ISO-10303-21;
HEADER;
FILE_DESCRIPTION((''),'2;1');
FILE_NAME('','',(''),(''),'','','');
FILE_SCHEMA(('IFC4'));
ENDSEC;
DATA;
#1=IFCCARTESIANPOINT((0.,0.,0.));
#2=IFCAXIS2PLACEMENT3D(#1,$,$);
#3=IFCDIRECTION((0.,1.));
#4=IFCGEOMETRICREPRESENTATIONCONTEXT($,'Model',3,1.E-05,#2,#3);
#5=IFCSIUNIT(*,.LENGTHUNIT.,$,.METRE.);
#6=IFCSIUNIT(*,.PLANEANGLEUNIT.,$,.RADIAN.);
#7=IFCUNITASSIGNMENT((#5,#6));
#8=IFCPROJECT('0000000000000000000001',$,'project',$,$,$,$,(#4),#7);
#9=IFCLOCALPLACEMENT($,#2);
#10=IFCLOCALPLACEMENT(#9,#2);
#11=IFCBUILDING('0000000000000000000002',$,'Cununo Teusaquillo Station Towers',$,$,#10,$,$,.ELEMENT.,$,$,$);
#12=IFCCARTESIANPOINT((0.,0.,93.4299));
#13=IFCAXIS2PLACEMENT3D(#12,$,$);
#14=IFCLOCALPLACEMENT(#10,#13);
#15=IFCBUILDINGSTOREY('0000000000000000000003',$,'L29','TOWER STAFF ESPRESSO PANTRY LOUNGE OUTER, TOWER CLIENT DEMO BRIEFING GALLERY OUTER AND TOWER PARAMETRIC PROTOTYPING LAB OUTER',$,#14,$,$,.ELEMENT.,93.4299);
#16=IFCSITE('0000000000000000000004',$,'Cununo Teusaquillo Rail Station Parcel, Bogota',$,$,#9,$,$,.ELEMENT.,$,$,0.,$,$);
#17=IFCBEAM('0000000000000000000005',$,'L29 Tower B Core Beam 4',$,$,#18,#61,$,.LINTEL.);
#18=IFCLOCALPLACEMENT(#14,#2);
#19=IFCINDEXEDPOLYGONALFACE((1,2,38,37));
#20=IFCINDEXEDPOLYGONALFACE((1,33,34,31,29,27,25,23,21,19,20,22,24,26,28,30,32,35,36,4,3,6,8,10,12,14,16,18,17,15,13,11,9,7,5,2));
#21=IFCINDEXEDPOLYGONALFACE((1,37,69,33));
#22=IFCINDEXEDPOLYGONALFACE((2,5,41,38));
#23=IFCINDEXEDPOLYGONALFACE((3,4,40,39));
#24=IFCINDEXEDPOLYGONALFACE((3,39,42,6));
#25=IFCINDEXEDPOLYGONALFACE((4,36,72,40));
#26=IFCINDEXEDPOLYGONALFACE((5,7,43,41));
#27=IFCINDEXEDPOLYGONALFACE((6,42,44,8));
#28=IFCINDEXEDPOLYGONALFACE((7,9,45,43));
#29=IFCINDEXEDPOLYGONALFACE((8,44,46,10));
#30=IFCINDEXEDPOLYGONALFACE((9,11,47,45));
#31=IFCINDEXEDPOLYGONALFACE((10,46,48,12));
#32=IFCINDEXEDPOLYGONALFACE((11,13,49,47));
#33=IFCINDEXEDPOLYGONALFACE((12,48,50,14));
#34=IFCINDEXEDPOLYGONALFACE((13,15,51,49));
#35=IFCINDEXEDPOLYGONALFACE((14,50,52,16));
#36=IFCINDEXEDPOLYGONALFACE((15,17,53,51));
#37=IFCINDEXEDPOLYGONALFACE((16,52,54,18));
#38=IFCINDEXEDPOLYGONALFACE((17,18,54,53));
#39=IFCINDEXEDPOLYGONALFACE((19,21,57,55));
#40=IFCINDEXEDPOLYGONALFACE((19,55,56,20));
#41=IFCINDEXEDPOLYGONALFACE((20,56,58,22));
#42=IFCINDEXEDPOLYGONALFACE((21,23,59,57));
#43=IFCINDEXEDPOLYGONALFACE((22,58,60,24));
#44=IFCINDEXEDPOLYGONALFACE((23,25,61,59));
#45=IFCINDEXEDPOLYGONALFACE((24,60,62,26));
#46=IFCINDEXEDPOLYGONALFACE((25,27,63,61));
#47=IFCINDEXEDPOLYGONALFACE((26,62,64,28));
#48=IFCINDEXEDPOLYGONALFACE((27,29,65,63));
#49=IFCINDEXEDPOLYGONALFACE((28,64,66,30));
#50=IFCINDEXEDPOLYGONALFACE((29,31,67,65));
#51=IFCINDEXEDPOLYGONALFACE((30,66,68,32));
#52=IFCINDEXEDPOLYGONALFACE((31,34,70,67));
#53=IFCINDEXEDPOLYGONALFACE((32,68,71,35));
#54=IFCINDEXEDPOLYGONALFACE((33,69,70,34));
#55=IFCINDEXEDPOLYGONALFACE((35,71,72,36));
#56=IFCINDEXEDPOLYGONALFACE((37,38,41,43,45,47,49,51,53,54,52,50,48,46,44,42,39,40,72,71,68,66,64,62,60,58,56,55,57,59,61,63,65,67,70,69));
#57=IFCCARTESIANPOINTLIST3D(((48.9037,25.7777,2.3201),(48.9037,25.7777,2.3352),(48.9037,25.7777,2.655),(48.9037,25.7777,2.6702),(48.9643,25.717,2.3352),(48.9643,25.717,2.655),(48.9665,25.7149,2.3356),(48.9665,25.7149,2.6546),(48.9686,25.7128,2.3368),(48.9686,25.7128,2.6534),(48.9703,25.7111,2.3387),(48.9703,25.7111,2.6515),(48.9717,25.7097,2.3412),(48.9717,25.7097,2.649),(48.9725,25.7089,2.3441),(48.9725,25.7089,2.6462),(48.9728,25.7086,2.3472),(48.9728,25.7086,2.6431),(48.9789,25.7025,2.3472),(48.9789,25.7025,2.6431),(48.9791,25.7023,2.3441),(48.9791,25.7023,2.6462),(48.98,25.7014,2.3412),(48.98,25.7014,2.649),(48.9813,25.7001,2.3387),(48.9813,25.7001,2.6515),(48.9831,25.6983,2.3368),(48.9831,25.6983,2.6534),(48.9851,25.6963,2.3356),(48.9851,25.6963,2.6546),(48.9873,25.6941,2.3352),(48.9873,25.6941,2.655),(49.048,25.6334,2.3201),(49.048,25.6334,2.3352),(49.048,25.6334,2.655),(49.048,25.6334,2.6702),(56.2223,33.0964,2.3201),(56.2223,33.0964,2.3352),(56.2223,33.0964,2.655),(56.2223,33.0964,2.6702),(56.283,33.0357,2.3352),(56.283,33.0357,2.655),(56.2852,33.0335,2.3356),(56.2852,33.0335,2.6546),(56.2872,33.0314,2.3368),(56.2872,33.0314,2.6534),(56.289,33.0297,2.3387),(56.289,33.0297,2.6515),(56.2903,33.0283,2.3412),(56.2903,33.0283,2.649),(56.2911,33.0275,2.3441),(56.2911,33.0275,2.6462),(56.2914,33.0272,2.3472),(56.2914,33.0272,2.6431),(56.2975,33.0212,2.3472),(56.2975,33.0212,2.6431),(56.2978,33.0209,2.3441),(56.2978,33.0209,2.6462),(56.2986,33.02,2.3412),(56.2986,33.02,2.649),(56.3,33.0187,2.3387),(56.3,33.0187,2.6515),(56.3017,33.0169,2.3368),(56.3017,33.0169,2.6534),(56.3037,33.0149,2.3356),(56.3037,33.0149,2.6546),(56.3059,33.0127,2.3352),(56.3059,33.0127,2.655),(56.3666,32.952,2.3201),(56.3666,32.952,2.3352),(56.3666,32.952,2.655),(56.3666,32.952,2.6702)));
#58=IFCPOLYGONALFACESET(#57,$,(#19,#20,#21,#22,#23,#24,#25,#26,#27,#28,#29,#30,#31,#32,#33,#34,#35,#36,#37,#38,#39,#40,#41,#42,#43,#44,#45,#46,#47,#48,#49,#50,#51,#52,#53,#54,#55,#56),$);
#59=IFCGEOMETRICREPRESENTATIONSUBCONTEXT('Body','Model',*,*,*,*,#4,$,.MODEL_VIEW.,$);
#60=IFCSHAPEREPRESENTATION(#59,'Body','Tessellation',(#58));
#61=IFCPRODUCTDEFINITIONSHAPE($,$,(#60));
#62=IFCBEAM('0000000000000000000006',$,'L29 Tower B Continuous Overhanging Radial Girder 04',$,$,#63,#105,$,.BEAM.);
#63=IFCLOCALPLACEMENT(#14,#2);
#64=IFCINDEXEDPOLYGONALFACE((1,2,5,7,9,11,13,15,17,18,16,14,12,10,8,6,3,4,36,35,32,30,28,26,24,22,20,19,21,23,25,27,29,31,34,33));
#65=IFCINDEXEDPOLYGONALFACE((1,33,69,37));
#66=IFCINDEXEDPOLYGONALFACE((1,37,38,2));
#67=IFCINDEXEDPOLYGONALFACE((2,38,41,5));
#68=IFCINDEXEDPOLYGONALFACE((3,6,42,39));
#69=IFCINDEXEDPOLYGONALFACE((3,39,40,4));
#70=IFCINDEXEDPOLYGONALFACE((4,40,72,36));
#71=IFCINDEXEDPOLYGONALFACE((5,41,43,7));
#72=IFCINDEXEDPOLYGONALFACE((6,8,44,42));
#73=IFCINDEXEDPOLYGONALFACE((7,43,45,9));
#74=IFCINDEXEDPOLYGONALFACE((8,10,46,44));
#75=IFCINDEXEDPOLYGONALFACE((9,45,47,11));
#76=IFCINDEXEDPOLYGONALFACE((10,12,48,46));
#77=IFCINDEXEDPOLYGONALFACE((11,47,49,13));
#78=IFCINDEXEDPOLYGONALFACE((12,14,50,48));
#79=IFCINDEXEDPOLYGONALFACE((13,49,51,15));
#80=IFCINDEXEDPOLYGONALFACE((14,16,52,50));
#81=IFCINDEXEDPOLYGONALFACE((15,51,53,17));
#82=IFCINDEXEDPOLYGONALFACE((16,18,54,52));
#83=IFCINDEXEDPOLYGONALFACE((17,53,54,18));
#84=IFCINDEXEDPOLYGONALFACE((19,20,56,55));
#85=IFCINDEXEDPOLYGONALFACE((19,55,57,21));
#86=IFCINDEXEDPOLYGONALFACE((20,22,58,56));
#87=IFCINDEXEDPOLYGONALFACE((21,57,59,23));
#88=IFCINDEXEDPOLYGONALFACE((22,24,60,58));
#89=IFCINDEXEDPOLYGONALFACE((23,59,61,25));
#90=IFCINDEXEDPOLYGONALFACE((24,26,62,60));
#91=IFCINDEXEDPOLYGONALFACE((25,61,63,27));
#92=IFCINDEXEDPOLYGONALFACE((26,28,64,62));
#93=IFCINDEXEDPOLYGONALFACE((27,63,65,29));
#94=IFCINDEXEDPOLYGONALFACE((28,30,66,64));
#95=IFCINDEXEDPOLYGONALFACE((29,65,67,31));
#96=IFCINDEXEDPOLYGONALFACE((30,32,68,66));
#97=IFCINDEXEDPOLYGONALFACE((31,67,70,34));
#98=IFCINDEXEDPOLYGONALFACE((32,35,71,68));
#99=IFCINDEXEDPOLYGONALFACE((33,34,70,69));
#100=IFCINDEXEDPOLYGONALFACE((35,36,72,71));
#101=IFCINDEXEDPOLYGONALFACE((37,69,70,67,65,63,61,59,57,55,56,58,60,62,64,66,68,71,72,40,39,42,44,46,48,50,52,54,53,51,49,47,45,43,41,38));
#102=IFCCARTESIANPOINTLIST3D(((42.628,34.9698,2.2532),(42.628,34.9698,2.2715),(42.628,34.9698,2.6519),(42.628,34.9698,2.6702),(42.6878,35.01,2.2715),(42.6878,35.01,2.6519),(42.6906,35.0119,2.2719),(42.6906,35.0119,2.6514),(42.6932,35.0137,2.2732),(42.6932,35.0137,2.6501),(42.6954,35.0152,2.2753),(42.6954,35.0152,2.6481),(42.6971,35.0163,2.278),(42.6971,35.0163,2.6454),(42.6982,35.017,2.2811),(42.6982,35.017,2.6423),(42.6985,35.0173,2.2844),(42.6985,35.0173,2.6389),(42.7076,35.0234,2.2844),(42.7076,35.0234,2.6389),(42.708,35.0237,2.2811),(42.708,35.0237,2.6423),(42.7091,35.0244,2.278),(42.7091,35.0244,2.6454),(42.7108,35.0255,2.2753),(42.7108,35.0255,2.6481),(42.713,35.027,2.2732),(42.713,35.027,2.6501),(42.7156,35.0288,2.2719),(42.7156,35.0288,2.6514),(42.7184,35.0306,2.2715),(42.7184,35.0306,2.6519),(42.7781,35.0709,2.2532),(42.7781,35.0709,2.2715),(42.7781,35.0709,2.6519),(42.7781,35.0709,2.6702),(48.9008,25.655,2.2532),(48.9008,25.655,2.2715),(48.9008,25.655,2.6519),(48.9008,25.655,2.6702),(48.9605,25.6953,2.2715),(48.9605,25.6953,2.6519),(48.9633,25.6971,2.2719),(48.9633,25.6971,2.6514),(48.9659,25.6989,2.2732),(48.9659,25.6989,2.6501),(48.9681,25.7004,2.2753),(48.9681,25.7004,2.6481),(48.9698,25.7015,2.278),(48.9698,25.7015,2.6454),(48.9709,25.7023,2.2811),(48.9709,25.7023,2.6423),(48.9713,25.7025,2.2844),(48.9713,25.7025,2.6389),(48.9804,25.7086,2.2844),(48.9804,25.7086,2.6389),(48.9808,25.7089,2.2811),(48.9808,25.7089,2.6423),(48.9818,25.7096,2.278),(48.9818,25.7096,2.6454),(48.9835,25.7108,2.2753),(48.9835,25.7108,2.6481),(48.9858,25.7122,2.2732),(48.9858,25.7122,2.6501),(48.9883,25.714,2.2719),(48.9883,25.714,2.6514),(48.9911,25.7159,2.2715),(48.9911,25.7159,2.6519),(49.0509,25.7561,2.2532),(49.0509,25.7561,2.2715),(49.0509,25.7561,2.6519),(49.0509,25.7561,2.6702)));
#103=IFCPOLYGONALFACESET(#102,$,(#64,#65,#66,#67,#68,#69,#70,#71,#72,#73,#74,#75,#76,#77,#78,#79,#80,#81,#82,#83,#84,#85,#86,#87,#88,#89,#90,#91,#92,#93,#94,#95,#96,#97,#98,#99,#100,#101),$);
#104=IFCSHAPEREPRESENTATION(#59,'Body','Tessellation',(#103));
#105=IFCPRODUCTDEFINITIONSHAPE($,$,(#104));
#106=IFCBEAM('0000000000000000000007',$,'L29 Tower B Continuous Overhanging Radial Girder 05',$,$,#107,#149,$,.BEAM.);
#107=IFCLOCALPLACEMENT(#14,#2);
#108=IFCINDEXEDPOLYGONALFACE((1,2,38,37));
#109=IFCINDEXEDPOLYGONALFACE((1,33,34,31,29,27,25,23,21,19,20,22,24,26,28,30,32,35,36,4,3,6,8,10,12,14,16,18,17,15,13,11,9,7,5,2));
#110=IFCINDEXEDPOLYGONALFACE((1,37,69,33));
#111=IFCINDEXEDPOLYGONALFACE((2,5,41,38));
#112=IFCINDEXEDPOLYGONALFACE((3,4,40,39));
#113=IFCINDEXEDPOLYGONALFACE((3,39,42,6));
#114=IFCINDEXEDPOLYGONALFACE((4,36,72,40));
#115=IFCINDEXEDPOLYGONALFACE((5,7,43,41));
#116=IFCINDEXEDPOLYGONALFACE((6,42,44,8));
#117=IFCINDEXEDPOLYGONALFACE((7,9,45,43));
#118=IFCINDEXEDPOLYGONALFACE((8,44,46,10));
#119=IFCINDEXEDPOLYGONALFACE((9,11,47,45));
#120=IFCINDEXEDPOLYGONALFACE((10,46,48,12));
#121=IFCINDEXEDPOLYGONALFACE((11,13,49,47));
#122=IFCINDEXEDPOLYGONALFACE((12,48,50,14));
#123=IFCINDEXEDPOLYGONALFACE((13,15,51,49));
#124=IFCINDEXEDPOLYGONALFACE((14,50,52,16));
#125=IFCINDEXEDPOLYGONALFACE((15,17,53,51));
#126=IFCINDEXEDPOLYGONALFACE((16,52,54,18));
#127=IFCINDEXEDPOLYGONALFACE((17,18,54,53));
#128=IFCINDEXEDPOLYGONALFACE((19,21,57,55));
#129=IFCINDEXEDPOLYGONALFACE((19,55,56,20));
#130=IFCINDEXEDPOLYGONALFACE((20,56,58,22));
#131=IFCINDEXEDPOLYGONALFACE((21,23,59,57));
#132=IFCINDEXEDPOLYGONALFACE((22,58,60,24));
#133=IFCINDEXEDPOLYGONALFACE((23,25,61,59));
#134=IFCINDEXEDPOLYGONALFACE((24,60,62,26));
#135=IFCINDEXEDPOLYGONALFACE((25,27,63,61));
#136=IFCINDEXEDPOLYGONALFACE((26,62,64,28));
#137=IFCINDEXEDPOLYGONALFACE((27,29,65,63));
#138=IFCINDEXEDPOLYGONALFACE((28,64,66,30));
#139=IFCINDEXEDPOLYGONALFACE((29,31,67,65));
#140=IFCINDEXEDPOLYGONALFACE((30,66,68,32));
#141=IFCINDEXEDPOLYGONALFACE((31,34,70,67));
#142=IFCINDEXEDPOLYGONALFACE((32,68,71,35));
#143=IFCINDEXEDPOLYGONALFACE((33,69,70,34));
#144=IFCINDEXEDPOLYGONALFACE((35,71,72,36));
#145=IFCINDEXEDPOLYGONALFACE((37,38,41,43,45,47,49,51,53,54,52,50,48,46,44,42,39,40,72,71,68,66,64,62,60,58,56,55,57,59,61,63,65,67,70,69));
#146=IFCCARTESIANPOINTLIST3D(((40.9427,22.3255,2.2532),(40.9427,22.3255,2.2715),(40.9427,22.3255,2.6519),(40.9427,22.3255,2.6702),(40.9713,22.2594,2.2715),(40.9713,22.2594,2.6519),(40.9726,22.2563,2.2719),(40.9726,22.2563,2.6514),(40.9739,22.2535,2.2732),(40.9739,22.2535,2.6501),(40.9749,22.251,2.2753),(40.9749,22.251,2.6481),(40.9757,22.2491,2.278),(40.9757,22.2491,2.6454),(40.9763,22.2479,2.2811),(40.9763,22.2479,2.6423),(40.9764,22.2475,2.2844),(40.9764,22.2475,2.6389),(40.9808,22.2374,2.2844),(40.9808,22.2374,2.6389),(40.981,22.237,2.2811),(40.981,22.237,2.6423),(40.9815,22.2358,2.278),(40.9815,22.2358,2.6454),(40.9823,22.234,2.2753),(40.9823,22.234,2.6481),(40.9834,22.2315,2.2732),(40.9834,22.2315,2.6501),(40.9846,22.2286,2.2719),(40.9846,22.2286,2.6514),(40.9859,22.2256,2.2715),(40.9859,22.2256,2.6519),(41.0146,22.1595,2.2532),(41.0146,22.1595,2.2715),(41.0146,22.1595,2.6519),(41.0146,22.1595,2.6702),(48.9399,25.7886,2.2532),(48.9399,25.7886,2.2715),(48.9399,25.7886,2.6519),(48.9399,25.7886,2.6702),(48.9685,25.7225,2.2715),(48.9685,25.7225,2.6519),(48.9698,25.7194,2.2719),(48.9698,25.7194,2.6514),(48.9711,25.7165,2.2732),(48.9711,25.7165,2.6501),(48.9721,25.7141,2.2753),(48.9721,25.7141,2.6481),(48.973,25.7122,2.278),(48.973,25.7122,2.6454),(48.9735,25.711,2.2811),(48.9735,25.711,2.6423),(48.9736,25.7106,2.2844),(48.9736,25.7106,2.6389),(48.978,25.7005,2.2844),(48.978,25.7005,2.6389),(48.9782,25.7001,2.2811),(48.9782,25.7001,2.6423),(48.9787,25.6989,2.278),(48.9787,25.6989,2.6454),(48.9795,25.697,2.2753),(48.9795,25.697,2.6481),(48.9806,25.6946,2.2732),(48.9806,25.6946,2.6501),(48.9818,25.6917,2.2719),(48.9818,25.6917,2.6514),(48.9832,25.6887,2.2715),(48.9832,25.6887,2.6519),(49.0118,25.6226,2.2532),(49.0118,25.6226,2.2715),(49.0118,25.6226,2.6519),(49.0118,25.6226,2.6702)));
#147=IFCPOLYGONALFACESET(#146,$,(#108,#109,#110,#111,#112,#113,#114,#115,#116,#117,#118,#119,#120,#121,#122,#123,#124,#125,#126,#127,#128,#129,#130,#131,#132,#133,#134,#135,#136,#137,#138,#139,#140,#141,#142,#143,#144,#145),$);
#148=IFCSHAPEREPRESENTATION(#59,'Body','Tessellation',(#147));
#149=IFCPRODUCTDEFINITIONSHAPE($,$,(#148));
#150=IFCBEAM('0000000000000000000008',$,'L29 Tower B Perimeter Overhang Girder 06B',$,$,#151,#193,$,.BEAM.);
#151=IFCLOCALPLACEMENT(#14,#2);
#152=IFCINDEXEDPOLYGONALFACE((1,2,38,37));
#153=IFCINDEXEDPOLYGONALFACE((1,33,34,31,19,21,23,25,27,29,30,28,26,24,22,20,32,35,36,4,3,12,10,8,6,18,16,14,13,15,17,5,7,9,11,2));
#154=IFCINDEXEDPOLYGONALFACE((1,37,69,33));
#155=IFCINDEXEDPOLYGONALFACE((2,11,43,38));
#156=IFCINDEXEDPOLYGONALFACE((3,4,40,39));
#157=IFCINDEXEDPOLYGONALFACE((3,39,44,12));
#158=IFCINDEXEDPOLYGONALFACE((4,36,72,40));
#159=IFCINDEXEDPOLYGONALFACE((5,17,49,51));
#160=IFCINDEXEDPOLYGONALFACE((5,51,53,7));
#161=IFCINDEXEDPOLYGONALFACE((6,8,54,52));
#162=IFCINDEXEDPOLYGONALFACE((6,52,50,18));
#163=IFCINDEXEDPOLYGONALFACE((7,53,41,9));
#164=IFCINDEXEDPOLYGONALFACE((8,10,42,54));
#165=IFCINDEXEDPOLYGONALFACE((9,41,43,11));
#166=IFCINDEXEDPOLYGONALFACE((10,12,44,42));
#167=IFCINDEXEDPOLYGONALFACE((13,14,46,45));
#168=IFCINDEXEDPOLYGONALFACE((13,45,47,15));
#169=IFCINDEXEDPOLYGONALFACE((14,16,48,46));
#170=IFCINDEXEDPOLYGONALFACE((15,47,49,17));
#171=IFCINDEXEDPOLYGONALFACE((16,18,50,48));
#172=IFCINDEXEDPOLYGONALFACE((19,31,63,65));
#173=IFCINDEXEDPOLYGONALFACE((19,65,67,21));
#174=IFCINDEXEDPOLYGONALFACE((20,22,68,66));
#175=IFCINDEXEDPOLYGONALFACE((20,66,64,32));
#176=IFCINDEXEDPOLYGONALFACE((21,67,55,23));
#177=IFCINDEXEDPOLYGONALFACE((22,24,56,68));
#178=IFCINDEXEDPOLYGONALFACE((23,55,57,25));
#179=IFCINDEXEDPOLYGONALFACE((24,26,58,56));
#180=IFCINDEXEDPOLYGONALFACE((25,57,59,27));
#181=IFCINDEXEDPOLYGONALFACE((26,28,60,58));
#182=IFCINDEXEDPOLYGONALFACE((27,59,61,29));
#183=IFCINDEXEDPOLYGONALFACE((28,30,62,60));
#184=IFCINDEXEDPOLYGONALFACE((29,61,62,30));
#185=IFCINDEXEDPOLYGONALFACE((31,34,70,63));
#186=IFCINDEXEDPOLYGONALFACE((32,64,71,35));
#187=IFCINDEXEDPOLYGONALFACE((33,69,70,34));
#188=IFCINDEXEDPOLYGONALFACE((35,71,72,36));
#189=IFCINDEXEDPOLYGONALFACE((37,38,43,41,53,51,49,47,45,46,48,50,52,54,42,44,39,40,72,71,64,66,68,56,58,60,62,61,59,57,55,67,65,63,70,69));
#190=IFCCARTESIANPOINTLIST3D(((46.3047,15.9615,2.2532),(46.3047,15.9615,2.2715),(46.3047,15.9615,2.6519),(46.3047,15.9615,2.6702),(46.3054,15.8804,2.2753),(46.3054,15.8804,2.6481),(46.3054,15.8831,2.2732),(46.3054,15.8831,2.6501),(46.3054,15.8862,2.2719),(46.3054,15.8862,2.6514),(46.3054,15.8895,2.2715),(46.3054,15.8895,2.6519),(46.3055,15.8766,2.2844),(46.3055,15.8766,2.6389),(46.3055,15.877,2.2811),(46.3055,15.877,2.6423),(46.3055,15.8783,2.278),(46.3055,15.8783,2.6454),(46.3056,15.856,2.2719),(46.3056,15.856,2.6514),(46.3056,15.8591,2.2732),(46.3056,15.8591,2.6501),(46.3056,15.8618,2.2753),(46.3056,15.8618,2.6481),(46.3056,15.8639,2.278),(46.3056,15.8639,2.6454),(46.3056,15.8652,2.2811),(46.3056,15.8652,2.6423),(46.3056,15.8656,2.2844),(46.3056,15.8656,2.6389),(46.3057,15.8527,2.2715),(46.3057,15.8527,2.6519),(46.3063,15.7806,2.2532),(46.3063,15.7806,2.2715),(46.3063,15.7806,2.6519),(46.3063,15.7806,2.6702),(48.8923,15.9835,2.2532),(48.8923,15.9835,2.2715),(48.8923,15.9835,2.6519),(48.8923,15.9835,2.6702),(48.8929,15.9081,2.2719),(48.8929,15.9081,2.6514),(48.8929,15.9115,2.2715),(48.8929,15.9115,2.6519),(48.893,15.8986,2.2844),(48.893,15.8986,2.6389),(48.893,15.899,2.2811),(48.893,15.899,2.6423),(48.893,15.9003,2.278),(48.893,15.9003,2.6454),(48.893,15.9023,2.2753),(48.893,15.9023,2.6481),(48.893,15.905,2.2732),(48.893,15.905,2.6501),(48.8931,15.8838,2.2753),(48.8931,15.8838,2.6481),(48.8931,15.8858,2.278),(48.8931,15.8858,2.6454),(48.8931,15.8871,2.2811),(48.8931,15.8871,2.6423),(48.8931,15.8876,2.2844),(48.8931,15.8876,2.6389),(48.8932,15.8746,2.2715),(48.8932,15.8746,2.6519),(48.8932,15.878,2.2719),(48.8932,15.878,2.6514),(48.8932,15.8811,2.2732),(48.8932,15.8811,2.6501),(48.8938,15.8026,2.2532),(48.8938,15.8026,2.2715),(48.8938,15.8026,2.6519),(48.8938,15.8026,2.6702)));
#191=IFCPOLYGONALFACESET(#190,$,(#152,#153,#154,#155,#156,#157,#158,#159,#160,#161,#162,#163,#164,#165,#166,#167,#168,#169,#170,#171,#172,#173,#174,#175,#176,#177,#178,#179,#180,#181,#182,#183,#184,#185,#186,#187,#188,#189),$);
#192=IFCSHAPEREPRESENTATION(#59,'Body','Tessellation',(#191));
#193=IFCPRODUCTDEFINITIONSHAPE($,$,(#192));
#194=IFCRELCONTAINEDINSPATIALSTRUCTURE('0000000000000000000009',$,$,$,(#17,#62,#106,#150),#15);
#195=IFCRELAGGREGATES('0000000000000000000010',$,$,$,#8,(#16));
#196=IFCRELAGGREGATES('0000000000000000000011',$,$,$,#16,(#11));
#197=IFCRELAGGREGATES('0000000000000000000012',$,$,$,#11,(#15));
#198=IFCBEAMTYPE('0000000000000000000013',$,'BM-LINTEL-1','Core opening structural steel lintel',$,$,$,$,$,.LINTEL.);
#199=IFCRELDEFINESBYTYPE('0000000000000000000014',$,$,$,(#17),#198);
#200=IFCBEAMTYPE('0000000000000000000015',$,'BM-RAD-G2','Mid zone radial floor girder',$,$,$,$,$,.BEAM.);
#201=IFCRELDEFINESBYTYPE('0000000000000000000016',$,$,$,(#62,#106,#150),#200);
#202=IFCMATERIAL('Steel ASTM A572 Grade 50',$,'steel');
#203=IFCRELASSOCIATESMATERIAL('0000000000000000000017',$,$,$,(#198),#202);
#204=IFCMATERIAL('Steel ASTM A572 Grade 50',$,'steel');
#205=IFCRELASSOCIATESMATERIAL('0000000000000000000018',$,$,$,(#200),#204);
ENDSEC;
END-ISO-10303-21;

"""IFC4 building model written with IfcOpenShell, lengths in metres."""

from ifc_helpers import new_model, si_unit, direction, frame, origin, origin_2d, place, context, subcontext, project, spatial, i_section, extrude, material, material_profile, profile_set, type_object, element, save


model = new_model("IFC4")

# Units and contexts
model_context = context("Model", 3, precision=1e-05, world=origin(), true_north=direction((0.0, 1.0)))
body_context = subcontext(model_context, "Body", "Model", "MODEL_VIEW")
ifc_project = project(units=[si_unit("LENGTHUNIT", "METRE"), si_unit("PLANEANGLEUNIT", "RADIAN")], contexts=[model_context])

# Site, building, storey
site_placement = place(None, origin())
site = spatial("IfcSite", under=ifc_project, at=site_placement, Name="Cununo Teusaquillo Rail Station Parcel, Bogota", CompositionType="ELEMENT", RefElevation=0.0)
building_placement = place(site_placement, origin())
building = spatial("IfcBuilding", under=site, at=building_placement, Name="Cununo Teusaquillo Station Towers", CompositionType="ELEMENT")
storey_placement = place(building_placement, frame((0.0, 0.0, 93.4299)))
storey = spatial("IfcBuildingStorey", under=building, at=storey_placement, Name="L29", Description="TOWER STAFF ESPRESSO PANTRY LOUNGE OUTER, TOWER CLIENT DEMO BRIEFING GALLERY OUTER AND TOWER PARAMETRIC PROTOTYPING LAB OUTER", CompositionType="ELEMENT", Elevation=93.4299)

# Beams
ifc_material_1 = material(Name="Steel ASTM A572 Grade 50", Category="steel")
ifc_material_profile_1 = material_profile(ifc_material_1, i_section(OverallWidth=0.2041, OverallDepth=0.3501, WebThickness=0.0085, FlangeThickness=0.0151, FilletRadius=0.012, at=origin_2d()), Name="W14X48")
ifc_profile_set_1 = profile_set([ifc_material_profile_1], Name="Steel ASTM A572 Grade 50")
beam_type_1 = type_object("IfcBeamType", Name="BM-LINTEL-1", Description="Core opening structural steel lintel", PredefinedType="LINTEL", material=ifc_profile_set_1)
beam_1_placement = place(storey_placement, frame((48.9758, 25.7056, 2.4951), z_axis=(0.707107, 0.707107, 0.0), x_axis=(-0.707107, 0.707107, 0.0)))
element("IfcBeam", 1, at=beam_1_placement, inside=storey, type_object=beam_type_1, Name="L29 Tower B Core Beam 4", PredefinedType="LINTEL", context=body_context, shape_type="SweptSolid", body=[
    extrude(i_section(OverallWidth=0.2041, OverallDepth=0.3501, WebThickness=0.0085, FlangeThickness=0.0151, FilletRadius=0.012, at=origin_2d()), origin(), (0.0, 0.0, 1.0), 10.3501),
])
ifc_material_2 = material(Name="Steel ASTM A572 Grade 50", Category="steel")
ifc_material_profile_2 = material_profile(ifc_material_2, i_section(OverallWidth=0.1809, OverallDepth=0.417, WebThickness=0.011, FlangeThickness=0.0183, FilletRadius=0.0129, at=origin_2d()), Name="W16X57")
ifc_profile_set_2 = profile_set([ifc_material_profile_2], Name="Steel ASTM A572 Grade 50")
beam_type_2 = type_object("IfcBeamType", Name="BM-RAD-G2", Description="Mid zone radial floor girder", PredefinedType="BEAM", material=ifc_profile_set_2)
beam_2_placement = place(storey_placement, frame((48.9758, 25.7056, 2.4617), z_axis=(-0.558572, 0.829456, 0.0), x_axis=(-0.829456, -0.558572, 0.0)))
element("IfcBeam", 2, at=beam_2_placement, inside=storey, type_object=beam_type_2, Name="L29 Tower B Continuous Overhanging Radial Girder 04", PredefinedType="BEAM", context=body_context, shape_type="SweptSolid", body=[
    extrude(i_section(OverallWidth=0.1809, OverallDepth=0.417, WebThickness=0.011, FlangeThickness=0.0183, FilletRadius=0.0129, at=origin_2d()), origin(), (0.0, 0.0, 1.0), 11.23),
])
beam_3_placement = place(storey_placement, frame((48.9758, 25.7056, 2.4617), z_axis=(-0.917655, -0.397379, 0.0), x_axis=(0.397379, -0.917655, 0.0)))
element("IfcBeam", 3, at=beam_3_placement, inside=storey, type_object=beam_type_2, Name="L29 Tower B Continuous Overhanging Radial Girder 05", PredefinedType="BEAM", context=body_context, shape_type="SweptSolid", body=[
    extrude(i_section(OverallWidth=0.1809, OverallDepth=0.417, WebThickness=0.011, FlangeThickness=0.0183, FilletRadius=0.0129, at=origin_2d()), origin(), (0.0, 0.0, 1.0), 8.7148),
])
beam_4_placement = place(storey_placement, frame((48.8931, 15.8931, 2.4617), z_axis=(-0.999964, -0.008491, 0.0), x_axis=(0.008491, -0.999964, 0.0)))
element("IfcBeam", 4, at=beam_4_placement, inside=storey, type_object=beam_type_2, Name="L29 Tower B Perimeter Overhang Girder 06B", PredefinedType="BEAM", context=body_context, shape_type="SweptSolid", body=[
    extrude(i_section(OverallWidth=0.1809, OverallDepth=0.417, WebThickness=0.011, FlangeThickness=0.0183, FilletRadius=0.0129, at=origin_2d()), origin(), (0.0, 0.0, 1.0), 2.5876),
])

save(model, "model.ifc")
